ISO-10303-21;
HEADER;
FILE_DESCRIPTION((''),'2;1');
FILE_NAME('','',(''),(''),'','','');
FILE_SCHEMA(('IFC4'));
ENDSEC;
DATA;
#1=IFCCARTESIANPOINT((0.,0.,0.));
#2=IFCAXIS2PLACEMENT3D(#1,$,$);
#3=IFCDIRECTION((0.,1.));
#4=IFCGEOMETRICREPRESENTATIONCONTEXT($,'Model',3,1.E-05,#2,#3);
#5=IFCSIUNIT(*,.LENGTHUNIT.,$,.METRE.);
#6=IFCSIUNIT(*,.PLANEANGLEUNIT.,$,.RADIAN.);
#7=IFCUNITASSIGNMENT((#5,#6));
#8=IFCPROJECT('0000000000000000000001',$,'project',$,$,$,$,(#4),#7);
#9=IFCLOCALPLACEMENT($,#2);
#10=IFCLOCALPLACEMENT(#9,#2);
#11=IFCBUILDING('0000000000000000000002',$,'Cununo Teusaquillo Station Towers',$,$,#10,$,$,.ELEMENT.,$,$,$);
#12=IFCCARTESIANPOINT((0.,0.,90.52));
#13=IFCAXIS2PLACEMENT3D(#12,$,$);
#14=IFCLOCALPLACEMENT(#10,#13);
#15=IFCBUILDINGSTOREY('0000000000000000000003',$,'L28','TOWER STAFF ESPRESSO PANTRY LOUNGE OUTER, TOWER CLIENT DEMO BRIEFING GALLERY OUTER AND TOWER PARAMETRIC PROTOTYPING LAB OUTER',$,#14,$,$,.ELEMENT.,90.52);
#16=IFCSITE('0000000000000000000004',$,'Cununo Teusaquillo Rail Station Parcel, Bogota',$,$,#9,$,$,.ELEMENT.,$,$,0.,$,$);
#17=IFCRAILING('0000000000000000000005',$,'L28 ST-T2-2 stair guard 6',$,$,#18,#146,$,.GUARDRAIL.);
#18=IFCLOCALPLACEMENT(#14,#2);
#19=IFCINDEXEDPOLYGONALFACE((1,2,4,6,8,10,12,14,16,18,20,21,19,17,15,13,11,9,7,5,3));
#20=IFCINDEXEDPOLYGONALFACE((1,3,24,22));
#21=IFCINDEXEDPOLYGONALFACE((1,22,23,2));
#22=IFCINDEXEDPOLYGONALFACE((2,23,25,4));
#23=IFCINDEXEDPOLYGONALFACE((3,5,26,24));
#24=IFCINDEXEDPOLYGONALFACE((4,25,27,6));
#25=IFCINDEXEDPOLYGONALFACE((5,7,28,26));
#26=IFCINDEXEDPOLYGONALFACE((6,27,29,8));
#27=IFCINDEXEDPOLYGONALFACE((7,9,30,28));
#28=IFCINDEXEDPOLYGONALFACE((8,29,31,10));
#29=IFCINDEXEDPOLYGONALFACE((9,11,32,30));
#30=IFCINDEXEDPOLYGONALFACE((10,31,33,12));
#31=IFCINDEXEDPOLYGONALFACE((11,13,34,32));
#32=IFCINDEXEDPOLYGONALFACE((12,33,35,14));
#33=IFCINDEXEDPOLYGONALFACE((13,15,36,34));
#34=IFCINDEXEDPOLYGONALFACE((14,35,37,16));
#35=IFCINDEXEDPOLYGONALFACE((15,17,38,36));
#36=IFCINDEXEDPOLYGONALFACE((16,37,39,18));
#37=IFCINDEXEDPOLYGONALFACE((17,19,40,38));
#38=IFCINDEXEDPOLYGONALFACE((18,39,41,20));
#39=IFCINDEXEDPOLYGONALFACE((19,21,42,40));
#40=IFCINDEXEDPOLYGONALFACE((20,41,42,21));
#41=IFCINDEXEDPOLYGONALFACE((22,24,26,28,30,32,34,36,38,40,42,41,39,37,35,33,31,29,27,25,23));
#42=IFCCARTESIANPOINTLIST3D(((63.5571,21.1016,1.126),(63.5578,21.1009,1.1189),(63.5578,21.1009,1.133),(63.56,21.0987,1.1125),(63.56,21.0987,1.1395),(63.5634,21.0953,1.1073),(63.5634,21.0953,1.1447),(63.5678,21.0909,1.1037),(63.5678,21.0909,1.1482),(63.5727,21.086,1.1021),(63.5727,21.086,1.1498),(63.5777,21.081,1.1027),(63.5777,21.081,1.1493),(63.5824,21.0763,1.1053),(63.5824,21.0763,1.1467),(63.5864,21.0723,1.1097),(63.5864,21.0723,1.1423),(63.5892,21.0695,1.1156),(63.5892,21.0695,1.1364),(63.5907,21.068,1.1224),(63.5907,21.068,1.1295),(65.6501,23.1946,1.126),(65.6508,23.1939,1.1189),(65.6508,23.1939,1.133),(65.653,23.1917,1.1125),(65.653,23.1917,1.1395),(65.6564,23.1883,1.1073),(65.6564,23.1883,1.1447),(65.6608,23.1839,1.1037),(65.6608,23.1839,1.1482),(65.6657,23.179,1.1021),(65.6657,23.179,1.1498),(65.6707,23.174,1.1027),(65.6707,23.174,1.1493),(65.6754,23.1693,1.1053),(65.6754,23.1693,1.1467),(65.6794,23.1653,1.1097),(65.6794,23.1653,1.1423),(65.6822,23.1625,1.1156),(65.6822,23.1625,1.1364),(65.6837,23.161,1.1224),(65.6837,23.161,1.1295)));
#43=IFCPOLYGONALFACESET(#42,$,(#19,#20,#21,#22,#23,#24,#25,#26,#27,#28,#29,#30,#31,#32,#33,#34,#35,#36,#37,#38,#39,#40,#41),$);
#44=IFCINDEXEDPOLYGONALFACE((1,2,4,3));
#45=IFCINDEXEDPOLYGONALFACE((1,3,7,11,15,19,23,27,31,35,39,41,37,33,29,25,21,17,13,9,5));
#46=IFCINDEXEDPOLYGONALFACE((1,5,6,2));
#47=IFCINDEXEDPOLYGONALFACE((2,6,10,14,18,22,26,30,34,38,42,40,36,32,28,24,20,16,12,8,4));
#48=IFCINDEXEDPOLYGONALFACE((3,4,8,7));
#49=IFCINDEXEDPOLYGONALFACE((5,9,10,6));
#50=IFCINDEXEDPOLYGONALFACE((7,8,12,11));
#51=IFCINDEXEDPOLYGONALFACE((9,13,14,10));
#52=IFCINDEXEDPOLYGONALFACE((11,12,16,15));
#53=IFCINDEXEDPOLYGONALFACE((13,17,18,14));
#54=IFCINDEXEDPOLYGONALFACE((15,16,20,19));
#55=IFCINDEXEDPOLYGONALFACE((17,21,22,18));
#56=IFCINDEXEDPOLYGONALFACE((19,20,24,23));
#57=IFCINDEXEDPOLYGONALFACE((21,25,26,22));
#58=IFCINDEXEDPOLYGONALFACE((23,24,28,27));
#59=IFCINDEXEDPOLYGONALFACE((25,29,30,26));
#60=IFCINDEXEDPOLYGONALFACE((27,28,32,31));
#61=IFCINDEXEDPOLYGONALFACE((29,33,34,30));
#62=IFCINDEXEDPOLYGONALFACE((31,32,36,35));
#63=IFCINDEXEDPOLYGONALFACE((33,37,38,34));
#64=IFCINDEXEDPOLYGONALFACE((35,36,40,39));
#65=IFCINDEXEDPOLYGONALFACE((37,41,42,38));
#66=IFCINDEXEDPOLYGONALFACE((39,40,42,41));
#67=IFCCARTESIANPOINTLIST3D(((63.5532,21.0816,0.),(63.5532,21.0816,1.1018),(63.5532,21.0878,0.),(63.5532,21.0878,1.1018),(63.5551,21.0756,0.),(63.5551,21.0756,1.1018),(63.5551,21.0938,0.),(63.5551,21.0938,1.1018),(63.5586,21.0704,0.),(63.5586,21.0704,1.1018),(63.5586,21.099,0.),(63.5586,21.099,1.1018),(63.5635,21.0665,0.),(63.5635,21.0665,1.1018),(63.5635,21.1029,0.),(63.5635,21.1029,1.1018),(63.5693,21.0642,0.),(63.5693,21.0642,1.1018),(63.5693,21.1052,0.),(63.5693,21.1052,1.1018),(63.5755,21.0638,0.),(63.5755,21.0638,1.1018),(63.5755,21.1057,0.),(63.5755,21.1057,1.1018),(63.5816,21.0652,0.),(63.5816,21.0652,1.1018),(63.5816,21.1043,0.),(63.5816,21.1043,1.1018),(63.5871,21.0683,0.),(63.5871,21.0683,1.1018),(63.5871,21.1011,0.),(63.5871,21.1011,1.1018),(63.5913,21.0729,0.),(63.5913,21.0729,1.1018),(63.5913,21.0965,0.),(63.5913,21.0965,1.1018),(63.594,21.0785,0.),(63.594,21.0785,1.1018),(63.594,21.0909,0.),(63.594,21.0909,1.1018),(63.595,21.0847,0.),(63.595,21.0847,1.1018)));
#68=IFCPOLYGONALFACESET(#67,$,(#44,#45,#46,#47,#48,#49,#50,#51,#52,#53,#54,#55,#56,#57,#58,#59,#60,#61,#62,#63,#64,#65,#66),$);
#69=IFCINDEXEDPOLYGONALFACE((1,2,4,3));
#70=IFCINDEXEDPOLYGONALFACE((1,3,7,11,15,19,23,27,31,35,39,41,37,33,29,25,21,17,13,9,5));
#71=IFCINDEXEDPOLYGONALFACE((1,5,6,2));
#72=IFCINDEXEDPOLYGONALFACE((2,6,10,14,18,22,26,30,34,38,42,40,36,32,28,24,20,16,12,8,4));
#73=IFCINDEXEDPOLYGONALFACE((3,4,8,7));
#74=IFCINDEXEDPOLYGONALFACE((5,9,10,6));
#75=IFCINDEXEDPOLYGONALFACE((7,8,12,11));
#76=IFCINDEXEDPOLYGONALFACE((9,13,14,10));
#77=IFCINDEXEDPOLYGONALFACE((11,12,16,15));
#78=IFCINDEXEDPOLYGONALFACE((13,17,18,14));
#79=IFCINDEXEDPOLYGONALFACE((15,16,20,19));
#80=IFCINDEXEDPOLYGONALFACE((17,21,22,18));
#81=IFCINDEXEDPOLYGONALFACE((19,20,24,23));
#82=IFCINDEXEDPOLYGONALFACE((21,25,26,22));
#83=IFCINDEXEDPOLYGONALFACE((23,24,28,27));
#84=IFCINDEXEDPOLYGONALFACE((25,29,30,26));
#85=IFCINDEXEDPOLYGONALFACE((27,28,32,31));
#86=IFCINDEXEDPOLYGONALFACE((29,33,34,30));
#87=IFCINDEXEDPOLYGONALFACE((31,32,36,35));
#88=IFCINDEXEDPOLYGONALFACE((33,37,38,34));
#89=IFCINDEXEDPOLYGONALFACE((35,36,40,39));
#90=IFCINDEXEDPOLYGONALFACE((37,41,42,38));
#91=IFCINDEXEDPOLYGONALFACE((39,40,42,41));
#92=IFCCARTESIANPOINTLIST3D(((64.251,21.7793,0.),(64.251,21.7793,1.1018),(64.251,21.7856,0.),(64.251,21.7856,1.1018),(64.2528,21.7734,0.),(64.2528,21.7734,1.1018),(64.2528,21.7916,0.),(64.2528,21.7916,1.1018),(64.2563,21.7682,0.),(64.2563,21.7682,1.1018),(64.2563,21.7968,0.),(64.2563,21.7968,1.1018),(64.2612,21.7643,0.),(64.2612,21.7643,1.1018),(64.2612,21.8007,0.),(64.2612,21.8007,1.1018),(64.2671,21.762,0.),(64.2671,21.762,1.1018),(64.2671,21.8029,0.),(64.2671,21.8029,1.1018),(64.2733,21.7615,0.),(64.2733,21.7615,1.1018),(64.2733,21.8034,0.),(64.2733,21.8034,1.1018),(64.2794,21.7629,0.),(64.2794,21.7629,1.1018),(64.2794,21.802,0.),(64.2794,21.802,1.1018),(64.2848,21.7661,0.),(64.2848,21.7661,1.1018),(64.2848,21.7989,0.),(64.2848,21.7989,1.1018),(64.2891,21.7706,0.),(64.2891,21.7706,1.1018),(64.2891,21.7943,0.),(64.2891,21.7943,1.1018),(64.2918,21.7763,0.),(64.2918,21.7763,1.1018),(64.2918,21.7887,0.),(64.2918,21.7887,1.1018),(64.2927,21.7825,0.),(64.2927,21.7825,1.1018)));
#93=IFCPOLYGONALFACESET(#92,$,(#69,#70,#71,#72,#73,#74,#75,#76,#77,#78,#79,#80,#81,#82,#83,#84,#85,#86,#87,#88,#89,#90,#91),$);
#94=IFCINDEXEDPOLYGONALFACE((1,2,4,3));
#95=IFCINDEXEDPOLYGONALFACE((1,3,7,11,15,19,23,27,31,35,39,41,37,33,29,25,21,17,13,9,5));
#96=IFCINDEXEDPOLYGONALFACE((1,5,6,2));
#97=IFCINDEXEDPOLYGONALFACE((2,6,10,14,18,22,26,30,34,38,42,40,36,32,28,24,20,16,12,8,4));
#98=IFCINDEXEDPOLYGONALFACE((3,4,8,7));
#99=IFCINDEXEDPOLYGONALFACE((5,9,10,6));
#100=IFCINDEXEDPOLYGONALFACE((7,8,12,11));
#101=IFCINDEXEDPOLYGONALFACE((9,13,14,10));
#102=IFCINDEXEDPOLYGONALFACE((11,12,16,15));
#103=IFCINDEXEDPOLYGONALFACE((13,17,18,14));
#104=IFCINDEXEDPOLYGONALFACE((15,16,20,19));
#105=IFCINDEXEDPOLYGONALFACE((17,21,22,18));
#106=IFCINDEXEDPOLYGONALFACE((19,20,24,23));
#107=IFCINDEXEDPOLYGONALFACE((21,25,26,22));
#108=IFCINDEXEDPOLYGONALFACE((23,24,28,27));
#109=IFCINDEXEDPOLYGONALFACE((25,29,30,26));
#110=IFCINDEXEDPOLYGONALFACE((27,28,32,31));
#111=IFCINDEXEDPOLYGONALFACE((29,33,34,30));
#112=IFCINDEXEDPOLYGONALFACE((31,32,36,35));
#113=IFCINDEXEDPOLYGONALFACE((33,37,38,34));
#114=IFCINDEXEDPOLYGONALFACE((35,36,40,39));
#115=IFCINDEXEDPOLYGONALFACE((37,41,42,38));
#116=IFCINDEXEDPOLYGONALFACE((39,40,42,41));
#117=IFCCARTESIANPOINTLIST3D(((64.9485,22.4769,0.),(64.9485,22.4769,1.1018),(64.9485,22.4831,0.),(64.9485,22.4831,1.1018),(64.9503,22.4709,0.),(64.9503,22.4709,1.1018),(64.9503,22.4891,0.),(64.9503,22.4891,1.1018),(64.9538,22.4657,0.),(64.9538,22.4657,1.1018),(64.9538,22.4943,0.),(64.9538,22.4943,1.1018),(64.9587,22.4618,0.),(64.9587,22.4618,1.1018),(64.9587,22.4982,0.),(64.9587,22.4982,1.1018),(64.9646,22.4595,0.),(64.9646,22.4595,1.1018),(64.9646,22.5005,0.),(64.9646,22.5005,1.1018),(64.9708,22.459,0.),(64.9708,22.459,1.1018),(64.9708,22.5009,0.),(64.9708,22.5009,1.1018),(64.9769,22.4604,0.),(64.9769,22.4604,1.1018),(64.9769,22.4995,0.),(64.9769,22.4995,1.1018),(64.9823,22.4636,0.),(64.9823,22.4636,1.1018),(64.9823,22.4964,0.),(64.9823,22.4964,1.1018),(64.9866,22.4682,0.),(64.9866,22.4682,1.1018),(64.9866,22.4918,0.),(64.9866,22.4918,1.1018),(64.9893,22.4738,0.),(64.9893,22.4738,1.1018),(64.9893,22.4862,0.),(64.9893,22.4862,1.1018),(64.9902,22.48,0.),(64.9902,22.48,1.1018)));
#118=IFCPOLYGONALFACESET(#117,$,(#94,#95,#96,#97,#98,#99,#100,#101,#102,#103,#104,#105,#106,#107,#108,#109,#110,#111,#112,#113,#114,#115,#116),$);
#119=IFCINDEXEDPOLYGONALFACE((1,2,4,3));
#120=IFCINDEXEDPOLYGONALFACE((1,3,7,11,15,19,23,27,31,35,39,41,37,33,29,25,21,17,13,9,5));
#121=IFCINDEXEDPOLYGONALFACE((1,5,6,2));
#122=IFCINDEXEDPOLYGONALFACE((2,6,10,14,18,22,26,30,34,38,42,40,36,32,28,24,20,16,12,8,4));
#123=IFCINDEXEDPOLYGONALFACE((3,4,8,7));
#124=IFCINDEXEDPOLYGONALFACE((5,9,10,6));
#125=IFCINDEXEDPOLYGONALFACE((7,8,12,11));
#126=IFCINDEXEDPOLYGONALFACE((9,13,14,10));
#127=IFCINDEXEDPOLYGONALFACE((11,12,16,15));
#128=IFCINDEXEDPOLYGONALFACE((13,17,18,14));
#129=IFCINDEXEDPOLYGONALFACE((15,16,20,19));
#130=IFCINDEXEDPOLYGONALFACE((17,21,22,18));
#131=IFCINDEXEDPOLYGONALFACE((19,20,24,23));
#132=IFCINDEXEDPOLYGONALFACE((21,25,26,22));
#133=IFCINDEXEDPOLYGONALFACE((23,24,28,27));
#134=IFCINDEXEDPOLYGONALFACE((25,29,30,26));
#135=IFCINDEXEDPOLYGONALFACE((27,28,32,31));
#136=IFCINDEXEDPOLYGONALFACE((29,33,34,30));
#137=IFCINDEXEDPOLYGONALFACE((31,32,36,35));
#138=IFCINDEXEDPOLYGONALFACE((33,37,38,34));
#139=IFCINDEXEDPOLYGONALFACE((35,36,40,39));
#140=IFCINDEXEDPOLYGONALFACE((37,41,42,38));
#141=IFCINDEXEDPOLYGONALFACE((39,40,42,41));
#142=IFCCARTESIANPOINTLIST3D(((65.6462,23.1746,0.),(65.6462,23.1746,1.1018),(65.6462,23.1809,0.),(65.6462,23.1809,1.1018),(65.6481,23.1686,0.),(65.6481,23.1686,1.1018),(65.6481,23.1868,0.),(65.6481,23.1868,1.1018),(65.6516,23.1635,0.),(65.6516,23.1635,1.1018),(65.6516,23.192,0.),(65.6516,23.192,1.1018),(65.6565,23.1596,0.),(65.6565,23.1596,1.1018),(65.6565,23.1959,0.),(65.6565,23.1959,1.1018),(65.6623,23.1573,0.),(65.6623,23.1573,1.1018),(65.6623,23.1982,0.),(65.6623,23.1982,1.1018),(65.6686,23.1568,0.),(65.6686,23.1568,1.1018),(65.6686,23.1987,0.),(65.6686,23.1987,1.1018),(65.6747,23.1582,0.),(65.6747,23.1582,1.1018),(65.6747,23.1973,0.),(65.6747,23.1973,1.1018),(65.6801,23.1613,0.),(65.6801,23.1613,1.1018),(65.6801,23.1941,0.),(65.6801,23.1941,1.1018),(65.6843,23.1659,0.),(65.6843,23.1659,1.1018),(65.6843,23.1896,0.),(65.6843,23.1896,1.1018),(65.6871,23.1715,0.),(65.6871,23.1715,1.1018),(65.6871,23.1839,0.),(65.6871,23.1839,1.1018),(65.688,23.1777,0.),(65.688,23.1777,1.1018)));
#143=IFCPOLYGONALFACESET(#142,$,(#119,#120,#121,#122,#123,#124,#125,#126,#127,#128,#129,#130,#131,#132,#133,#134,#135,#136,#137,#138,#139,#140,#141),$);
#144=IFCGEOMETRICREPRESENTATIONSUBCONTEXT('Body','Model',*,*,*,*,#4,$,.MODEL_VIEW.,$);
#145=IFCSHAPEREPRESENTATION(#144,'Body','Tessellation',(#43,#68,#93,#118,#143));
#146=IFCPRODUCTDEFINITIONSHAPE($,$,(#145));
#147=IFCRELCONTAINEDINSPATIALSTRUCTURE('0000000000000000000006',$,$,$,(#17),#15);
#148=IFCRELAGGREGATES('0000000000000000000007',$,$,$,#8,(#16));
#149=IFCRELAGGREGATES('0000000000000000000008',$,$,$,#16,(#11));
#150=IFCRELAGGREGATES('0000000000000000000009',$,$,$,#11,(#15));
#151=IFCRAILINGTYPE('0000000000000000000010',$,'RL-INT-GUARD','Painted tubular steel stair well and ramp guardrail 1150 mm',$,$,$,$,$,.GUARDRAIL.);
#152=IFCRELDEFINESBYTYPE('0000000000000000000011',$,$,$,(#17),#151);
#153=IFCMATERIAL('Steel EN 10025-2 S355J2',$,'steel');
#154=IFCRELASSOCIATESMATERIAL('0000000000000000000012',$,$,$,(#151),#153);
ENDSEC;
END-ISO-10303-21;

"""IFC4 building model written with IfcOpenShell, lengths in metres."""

from ifc_helpers import new_model, si_unit, direction, frame, origin, origin_2d, place, context, subcontext, project, spatial, circle, extrude, material, type_object, element, save


model = new_model("IFC4")

# Units and contexts
model_context = context("Model", 3, precision=1e-05, world=origin(), true_north=direction((0.0, 1.0)))
body_context = subcontext(model_context, "Body", "Model", "MODEL_VIEW")
ifc_project = project(units=[si_unit("LENGTHUNIT", "METRE"), si_unit("PLANEANGLEUNIT", "RADIAN")], contexts=[model_context])

# Site, building, storey
site_placement = place(None, origin())
site = spatial("IfcSite", under=ifc_project, at=site_placement, Name="Cununo Teusaquillo Rail Station Parcel, Bogota", CompositionType="ELEMENT", RefElevation=0.0)
building_placement = place(site_placement, origin())
building = spatial("IfcBuilding", under=site, at=building_placement, Name="Cununo Teusaquillo Station Towers", CompositionType="ELEMENT")
storey_placement = place(building_placement, frame((0.0, 0.0, 90.52)))
storey = spatial("IfcBuildingStorey", under=building, at=storey_placement, Name="L28", Description="TOWER STAFF ESPRESSO PANTRY LOUNGE OUTER, TOWER CLIENT DEMO BRIEFING GALLERY OUTER AND TOWER PARAMETRIC PROTOTYPING LAB OUTER", CompositionType="ELEMENT", Elevation=90.52)

# Railing
ifc_material_1 = material(Name="Steel EN 10025-2 S355J2", Category="steel")
railing_type = type_object("IfcRailingType", Name="RL-INT-GUARD", Description="Painted tubular steel stair well and ramp guardrail 1150 mm", PredefinedType="GUARDRAIL", material=ifc_material_1)
railing_1_placement = place(storey_placement, frame((63.574, 21.0847, 0.0)))
element("IfcRailing", 1, at=railing_1_placement, inside=storey, type_object=railing_type, Name="L28 ST-T2-2 stair guard 6", PredefinedType="GUARDRAIL", context=body_context, shape_type="SweptSolid", body=[
    extrude(circle(Radius=0.0239, at=origin_2d()), frame((0.0, 0.0, 1.126), z_axis=(0.707107, 0.707107, 0.0), x_axis=(-0.707107, 0.707107, 0.0)), (0.0, 0.0, 1.0), 2.96),
    extrude(circle(Radius=0.021, at=origin_2d()), origin(), (0.0, 0.0, 1.0), 1.1018),
    extrude(circle(Radius=0.021, at=origin_2d()), frame((0.6978, 0.6978, 0.0)), (0.0, 0.0, 1.0), 1.1018),
    extrude(circle(Radius=0.021, at=origin_2d()), frame((1.3953, 1.3953, 0.0)), (0.0, 0.0, 1.0), 1.1018),
    extrude(circle(Radius=0.021, at=origin_2d()), frame((2.093, 2.093, 0.0)), (0.0, 0.0, 1.0), 1.1018),
])

save(model, "model.ifc")
